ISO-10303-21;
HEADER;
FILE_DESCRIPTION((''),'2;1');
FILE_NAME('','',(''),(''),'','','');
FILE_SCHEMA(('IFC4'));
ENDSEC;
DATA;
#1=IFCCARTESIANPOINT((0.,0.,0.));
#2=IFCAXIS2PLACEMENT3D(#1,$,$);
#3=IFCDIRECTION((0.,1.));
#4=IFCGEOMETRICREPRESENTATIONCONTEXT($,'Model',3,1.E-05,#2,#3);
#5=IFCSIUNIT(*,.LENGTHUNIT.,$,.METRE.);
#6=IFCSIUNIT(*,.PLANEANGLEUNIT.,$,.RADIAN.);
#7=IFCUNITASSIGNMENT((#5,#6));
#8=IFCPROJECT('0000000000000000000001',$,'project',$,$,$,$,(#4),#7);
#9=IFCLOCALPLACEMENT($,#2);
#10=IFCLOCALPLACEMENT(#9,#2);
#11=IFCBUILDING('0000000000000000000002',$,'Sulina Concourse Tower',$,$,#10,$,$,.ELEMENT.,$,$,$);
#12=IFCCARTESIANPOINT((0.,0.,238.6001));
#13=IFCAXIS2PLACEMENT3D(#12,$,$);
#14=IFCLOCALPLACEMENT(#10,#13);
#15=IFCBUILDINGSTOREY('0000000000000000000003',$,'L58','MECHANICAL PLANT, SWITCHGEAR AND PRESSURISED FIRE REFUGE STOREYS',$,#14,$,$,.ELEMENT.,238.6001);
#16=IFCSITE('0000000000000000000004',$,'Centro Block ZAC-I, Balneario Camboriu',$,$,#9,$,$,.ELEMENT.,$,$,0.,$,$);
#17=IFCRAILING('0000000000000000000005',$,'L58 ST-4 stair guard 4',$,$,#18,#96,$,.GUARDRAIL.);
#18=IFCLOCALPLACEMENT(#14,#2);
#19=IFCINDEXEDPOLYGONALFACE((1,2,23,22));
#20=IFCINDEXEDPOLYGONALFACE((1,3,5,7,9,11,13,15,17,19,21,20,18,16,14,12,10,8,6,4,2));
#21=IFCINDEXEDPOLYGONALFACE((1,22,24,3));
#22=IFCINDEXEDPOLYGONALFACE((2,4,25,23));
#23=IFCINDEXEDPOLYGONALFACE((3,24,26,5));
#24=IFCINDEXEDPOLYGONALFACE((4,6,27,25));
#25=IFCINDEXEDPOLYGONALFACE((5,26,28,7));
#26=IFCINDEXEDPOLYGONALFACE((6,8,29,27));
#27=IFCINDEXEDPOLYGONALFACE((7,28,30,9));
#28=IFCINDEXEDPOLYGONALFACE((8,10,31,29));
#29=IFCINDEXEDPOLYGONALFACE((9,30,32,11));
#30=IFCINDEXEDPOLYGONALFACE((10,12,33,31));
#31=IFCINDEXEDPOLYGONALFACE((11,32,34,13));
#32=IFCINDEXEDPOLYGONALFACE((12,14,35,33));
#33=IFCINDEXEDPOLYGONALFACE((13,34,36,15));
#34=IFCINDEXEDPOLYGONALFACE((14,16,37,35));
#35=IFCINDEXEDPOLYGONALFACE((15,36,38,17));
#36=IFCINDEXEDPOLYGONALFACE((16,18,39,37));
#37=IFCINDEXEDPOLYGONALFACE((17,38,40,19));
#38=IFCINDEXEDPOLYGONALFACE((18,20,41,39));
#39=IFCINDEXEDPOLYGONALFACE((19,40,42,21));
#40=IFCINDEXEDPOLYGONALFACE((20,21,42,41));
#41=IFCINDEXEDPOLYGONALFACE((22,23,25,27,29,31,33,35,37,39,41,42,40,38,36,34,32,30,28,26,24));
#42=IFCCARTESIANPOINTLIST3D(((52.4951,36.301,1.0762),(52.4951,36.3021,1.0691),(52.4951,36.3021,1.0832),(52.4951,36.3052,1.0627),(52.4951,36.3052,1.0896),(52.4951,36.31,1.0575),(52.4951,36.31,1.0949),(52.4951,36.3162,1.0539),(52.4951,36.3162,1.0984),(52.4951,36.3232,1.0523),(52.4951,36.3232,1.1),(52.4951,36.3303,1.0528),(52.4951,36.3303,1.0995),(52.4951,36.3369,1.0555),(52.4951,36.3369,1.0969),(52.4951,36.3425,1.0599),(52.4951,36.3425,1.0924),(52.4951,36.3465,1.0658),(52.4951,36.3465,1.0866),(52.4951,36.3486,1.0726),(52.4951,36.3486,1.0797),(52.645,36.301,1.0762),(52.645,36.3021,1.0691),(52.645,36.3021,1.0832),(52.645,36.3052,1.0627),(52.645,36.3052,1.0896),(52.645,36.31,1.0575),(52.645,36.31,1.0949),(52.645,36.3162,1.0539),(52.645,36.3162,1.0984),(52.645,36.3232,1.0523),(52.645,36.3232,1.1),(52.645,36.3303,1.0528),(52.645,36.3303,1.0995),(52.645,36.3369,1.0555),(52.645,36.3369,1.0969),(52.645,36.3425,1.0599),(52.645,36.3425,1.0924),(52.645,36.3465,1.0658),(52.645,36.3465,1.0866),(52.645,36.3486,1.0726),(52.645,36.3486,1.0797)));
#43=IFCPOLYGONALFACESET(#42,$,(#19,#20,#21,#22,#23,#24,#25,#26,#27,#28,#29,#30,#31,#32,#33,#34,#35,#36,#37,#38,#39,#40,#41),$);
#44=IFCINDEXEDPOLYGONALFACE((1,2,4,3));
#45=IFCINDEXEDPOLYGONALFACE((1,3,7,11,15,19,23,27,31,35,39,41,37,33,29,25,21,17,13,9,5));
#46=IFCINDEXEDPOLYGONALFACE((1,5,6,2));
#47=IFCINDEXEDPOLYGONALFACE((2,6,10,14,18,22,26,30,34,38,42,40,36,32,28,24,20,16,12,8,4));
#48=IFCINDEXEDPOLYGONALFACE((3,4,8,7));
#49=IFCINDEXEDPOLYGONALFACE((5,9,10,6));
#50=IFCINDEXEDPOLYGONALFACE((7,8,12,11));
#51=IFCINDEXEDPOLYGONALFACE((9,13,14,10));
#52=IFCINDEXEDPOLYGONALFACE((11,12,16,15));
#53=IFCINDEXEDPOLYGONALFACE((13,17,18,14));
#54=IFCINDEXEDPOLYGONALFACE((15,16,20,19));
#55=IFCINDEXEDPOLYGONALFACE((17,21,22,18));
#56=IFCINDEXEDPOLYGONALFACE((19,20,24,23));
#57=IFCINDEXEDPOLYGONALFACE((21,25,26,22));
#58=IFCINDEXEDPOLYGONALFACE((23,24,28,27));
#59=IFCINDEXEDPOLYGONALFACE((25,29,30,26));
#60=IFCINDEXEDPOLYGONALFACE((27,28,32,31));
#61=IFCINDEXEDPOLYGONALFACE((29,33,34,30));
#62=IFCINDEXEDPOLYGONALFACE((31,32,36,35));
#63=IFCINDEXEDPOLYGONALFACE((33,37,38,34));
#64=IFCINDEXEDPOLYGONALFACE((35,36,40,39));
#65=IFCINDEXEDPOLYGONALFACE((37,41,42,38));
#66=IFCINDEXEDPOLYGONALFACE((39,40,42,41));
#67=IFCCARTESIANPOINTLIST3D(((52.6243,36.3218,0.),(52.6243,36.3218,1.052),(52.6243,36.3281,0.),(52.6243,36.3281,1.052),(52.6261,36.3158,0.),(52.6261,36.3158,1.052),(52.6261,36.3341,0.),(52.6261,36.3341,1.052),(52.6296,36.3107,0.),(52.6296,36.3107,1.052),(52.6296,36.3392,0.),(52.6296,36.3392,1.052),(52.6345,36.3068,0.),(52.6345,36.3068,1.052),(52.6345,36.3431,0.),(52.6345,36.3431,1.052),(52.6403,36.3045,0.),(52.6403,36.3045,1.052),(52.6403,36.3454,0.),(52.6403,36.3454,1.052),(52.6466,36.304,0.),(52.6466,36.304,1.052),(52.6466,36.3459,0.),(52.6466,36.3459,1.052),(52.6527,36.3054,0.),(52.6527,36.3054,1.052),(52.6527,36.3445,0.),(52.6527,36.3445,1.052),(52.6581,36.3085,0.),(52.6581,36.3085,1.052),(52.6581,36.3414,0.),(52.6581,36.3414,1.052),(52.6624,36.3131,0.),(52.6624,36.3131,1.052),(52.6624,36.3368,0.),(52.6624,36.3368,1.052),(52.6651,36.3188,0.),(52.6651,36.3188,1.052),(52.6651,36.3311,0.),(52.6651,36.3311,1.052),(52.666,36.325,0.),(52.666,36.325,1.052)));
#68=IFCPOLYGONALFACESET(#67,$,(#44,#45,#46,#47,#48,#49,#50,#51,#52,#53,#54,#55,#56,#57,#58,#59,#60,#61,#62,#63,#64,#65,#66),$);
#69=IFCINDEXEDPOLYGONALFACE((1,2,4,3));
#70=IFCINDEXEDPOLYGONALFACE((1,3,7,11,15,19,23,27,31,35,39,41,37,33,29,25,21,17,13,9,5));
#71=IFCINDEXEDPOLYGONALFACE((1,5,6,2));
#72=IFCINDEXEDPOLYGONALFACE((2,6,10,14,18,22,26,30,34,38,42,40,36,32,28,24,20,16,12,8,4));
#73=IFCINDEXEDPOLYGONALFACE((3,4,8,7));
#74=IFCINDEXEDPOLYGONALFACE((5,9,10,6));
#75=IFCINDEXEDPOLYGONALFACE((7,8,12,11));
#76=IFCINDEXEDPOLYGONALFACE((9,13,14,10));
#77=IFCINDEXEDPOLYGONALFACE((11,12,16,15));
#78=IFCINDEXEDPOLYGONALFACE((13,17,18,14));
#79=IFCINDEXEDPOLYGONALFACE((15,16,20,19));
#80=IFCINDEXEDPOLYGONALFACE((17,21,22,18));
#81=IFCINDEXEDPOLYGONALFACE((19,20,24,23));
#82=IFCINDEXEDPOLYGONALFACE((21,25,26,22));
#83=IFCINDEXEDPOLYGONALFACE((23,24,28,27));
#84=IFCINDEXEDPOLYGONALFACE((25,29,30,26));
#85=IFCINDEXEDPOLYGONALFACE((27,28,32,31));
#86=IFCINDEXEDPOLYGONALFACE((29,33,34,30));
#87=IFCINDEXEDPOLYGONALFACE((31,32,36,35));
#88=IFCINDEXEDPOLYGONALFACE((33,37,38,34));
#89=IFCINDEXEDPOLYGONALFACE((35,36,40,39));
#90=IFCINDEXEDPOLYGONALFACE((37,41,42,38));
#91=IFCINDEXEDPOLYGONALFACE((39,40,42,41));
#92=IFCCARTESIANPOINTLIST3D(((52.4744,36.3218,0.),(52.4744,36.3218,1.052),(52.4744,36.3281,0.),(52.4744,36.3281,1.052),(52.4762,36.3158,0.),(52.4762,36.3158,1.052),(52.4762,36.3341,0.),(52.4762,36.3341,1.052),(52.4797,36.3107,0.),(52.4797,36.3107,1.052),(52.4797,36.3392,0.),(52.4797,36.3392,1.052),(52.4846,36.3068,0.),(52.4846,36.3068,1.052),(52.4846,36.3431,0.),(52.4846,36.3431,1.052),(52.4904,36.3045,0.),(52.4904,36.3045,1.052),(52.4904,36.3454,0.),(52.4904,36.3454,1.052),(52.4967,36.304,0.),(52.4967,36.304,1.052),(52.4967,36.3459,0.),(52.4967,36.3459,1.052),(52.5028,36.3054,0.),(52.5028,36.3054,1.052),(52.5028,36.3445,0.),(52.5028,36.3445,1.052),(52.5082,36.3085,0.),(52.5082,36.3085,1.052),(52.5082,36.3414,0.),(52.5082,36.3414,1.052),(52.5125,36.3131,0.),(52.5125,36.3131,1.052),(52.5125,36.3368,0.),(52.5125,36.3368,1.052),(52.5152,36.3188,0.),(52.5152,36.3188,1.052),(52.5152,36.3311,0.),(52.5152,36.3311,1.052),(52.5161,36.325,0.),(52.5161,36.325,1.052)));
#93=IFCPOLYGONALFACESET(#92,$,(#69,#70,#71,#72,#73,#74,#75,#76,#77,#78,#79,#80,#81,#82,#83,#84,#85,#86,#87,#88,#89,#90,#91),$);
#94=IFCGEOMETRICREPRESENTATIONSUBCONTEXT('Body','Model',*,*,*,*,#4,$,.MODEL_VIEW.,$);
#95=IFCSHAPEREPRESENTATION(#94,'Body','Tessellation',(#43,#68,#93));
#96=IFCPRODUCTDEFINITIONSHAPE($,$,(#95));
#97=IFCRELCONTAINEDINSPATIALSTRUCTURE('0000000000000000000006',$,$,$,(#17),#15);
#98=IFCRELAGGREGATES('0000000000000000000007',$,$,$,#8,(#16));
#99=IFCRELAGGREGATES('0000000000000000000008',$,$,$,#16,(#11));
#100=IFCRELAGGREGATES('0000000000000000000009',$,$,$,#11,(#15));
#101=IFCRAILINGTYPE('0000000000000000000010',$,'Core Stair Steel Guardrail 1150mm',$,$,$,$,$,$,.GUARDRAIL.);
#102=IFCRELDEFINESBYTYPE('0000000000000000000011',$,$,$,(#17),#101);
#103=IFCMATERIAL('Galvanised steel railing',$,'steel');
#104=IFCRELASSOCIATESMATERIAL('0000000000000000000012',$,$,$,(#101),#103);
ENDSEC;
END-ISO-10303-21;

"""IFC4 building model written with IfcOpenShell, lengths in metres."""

from ifc_helpers import new_model, si_unit, direction, frame, origin, origin_2d, place, context, subcontext, project, spatial, circle, extrude, material, type_object, element, save


model = new_model("IFC4")

# Units and contexts
model_context = context("Model", 3, precision=1e-05, world=origin(), true_north=direction((0.0, 1.0)))
body_context = subcontext(model_context, "Body", "Model", "MODEL_VIEW")
ifc_project = project(units=[si_unit("LENGTHUNIT", "METRE"), si_unit("PLANEANGLEUNIT", "RADIAN")], contexts=[model_context])

# Site, building, storey
site_placement = place(None, origin())
site = spatial("IfcSite", under=ifc_project, at=site_placement, Name="Centro Block ZAC-I, Balneario Camboriu", CompositionType="ELEMENT", RefElevation=0.0)
building_placement = place(site_placement, origin())
building = spatial("IfcBuilding", under=site, at=building_placement, Name="Sulina Concourse Tower", CompositionType="ELEMENT")
storey_placement = place(building_placement, frame((0.0, 0.0, 238.6001)))
storey = spatial("IfcBuildingStorey", under=building, at=storey_placement, Name="L58", Description="MECHANICAL PLANT, SWITCHGEAR AND PRESSURISED FIRE REFUGE STOREYS", CompositionType="ELEMENT", Elevation=238.6001)

# Railing
ifc_material_1 = material(Name="Galvanised steel railing", Category="steel")
railing_type_1 = type_object("IfcRailingType", Name="Core Stair Steel Guardrail 1150mm", PredefinedType="GUARDRAIL", material=ifc_material_1)
railing_1_placement = place(storey_placement, frame((52.645, 36.325, 0.0)))
element("IfcRailing", 1, at=railing_1_placement, inside=storey, type_object=railing_type_1, Name="L58 ST-4 stair guard 4", PredefinedType="GUARDRAIL", context=body_context, shape_type="SweptSolid", body=[
    extrude(circle(Radius=0.0239, at=origin_2d()), frame((0.0, 0.0, 1.0762), z_axis=(-1.0, 0.0, 0.0), x_axis=(0.0, -1.0, 0.0)), (0.0, 0.0, 1.0), 0.1499),
    extrude(circle(Radius=0.021, at=origin_2d()), origin(), (0.0, 0.0, 1.0), 1.052),
    extrude(circle(Radius=0.021, at=origin_2d()), frame((-0.1499, 0.0, 0.0)), (0.0, 0.0, 1.0), 1.052),
])

save(model, "model.ifc")
